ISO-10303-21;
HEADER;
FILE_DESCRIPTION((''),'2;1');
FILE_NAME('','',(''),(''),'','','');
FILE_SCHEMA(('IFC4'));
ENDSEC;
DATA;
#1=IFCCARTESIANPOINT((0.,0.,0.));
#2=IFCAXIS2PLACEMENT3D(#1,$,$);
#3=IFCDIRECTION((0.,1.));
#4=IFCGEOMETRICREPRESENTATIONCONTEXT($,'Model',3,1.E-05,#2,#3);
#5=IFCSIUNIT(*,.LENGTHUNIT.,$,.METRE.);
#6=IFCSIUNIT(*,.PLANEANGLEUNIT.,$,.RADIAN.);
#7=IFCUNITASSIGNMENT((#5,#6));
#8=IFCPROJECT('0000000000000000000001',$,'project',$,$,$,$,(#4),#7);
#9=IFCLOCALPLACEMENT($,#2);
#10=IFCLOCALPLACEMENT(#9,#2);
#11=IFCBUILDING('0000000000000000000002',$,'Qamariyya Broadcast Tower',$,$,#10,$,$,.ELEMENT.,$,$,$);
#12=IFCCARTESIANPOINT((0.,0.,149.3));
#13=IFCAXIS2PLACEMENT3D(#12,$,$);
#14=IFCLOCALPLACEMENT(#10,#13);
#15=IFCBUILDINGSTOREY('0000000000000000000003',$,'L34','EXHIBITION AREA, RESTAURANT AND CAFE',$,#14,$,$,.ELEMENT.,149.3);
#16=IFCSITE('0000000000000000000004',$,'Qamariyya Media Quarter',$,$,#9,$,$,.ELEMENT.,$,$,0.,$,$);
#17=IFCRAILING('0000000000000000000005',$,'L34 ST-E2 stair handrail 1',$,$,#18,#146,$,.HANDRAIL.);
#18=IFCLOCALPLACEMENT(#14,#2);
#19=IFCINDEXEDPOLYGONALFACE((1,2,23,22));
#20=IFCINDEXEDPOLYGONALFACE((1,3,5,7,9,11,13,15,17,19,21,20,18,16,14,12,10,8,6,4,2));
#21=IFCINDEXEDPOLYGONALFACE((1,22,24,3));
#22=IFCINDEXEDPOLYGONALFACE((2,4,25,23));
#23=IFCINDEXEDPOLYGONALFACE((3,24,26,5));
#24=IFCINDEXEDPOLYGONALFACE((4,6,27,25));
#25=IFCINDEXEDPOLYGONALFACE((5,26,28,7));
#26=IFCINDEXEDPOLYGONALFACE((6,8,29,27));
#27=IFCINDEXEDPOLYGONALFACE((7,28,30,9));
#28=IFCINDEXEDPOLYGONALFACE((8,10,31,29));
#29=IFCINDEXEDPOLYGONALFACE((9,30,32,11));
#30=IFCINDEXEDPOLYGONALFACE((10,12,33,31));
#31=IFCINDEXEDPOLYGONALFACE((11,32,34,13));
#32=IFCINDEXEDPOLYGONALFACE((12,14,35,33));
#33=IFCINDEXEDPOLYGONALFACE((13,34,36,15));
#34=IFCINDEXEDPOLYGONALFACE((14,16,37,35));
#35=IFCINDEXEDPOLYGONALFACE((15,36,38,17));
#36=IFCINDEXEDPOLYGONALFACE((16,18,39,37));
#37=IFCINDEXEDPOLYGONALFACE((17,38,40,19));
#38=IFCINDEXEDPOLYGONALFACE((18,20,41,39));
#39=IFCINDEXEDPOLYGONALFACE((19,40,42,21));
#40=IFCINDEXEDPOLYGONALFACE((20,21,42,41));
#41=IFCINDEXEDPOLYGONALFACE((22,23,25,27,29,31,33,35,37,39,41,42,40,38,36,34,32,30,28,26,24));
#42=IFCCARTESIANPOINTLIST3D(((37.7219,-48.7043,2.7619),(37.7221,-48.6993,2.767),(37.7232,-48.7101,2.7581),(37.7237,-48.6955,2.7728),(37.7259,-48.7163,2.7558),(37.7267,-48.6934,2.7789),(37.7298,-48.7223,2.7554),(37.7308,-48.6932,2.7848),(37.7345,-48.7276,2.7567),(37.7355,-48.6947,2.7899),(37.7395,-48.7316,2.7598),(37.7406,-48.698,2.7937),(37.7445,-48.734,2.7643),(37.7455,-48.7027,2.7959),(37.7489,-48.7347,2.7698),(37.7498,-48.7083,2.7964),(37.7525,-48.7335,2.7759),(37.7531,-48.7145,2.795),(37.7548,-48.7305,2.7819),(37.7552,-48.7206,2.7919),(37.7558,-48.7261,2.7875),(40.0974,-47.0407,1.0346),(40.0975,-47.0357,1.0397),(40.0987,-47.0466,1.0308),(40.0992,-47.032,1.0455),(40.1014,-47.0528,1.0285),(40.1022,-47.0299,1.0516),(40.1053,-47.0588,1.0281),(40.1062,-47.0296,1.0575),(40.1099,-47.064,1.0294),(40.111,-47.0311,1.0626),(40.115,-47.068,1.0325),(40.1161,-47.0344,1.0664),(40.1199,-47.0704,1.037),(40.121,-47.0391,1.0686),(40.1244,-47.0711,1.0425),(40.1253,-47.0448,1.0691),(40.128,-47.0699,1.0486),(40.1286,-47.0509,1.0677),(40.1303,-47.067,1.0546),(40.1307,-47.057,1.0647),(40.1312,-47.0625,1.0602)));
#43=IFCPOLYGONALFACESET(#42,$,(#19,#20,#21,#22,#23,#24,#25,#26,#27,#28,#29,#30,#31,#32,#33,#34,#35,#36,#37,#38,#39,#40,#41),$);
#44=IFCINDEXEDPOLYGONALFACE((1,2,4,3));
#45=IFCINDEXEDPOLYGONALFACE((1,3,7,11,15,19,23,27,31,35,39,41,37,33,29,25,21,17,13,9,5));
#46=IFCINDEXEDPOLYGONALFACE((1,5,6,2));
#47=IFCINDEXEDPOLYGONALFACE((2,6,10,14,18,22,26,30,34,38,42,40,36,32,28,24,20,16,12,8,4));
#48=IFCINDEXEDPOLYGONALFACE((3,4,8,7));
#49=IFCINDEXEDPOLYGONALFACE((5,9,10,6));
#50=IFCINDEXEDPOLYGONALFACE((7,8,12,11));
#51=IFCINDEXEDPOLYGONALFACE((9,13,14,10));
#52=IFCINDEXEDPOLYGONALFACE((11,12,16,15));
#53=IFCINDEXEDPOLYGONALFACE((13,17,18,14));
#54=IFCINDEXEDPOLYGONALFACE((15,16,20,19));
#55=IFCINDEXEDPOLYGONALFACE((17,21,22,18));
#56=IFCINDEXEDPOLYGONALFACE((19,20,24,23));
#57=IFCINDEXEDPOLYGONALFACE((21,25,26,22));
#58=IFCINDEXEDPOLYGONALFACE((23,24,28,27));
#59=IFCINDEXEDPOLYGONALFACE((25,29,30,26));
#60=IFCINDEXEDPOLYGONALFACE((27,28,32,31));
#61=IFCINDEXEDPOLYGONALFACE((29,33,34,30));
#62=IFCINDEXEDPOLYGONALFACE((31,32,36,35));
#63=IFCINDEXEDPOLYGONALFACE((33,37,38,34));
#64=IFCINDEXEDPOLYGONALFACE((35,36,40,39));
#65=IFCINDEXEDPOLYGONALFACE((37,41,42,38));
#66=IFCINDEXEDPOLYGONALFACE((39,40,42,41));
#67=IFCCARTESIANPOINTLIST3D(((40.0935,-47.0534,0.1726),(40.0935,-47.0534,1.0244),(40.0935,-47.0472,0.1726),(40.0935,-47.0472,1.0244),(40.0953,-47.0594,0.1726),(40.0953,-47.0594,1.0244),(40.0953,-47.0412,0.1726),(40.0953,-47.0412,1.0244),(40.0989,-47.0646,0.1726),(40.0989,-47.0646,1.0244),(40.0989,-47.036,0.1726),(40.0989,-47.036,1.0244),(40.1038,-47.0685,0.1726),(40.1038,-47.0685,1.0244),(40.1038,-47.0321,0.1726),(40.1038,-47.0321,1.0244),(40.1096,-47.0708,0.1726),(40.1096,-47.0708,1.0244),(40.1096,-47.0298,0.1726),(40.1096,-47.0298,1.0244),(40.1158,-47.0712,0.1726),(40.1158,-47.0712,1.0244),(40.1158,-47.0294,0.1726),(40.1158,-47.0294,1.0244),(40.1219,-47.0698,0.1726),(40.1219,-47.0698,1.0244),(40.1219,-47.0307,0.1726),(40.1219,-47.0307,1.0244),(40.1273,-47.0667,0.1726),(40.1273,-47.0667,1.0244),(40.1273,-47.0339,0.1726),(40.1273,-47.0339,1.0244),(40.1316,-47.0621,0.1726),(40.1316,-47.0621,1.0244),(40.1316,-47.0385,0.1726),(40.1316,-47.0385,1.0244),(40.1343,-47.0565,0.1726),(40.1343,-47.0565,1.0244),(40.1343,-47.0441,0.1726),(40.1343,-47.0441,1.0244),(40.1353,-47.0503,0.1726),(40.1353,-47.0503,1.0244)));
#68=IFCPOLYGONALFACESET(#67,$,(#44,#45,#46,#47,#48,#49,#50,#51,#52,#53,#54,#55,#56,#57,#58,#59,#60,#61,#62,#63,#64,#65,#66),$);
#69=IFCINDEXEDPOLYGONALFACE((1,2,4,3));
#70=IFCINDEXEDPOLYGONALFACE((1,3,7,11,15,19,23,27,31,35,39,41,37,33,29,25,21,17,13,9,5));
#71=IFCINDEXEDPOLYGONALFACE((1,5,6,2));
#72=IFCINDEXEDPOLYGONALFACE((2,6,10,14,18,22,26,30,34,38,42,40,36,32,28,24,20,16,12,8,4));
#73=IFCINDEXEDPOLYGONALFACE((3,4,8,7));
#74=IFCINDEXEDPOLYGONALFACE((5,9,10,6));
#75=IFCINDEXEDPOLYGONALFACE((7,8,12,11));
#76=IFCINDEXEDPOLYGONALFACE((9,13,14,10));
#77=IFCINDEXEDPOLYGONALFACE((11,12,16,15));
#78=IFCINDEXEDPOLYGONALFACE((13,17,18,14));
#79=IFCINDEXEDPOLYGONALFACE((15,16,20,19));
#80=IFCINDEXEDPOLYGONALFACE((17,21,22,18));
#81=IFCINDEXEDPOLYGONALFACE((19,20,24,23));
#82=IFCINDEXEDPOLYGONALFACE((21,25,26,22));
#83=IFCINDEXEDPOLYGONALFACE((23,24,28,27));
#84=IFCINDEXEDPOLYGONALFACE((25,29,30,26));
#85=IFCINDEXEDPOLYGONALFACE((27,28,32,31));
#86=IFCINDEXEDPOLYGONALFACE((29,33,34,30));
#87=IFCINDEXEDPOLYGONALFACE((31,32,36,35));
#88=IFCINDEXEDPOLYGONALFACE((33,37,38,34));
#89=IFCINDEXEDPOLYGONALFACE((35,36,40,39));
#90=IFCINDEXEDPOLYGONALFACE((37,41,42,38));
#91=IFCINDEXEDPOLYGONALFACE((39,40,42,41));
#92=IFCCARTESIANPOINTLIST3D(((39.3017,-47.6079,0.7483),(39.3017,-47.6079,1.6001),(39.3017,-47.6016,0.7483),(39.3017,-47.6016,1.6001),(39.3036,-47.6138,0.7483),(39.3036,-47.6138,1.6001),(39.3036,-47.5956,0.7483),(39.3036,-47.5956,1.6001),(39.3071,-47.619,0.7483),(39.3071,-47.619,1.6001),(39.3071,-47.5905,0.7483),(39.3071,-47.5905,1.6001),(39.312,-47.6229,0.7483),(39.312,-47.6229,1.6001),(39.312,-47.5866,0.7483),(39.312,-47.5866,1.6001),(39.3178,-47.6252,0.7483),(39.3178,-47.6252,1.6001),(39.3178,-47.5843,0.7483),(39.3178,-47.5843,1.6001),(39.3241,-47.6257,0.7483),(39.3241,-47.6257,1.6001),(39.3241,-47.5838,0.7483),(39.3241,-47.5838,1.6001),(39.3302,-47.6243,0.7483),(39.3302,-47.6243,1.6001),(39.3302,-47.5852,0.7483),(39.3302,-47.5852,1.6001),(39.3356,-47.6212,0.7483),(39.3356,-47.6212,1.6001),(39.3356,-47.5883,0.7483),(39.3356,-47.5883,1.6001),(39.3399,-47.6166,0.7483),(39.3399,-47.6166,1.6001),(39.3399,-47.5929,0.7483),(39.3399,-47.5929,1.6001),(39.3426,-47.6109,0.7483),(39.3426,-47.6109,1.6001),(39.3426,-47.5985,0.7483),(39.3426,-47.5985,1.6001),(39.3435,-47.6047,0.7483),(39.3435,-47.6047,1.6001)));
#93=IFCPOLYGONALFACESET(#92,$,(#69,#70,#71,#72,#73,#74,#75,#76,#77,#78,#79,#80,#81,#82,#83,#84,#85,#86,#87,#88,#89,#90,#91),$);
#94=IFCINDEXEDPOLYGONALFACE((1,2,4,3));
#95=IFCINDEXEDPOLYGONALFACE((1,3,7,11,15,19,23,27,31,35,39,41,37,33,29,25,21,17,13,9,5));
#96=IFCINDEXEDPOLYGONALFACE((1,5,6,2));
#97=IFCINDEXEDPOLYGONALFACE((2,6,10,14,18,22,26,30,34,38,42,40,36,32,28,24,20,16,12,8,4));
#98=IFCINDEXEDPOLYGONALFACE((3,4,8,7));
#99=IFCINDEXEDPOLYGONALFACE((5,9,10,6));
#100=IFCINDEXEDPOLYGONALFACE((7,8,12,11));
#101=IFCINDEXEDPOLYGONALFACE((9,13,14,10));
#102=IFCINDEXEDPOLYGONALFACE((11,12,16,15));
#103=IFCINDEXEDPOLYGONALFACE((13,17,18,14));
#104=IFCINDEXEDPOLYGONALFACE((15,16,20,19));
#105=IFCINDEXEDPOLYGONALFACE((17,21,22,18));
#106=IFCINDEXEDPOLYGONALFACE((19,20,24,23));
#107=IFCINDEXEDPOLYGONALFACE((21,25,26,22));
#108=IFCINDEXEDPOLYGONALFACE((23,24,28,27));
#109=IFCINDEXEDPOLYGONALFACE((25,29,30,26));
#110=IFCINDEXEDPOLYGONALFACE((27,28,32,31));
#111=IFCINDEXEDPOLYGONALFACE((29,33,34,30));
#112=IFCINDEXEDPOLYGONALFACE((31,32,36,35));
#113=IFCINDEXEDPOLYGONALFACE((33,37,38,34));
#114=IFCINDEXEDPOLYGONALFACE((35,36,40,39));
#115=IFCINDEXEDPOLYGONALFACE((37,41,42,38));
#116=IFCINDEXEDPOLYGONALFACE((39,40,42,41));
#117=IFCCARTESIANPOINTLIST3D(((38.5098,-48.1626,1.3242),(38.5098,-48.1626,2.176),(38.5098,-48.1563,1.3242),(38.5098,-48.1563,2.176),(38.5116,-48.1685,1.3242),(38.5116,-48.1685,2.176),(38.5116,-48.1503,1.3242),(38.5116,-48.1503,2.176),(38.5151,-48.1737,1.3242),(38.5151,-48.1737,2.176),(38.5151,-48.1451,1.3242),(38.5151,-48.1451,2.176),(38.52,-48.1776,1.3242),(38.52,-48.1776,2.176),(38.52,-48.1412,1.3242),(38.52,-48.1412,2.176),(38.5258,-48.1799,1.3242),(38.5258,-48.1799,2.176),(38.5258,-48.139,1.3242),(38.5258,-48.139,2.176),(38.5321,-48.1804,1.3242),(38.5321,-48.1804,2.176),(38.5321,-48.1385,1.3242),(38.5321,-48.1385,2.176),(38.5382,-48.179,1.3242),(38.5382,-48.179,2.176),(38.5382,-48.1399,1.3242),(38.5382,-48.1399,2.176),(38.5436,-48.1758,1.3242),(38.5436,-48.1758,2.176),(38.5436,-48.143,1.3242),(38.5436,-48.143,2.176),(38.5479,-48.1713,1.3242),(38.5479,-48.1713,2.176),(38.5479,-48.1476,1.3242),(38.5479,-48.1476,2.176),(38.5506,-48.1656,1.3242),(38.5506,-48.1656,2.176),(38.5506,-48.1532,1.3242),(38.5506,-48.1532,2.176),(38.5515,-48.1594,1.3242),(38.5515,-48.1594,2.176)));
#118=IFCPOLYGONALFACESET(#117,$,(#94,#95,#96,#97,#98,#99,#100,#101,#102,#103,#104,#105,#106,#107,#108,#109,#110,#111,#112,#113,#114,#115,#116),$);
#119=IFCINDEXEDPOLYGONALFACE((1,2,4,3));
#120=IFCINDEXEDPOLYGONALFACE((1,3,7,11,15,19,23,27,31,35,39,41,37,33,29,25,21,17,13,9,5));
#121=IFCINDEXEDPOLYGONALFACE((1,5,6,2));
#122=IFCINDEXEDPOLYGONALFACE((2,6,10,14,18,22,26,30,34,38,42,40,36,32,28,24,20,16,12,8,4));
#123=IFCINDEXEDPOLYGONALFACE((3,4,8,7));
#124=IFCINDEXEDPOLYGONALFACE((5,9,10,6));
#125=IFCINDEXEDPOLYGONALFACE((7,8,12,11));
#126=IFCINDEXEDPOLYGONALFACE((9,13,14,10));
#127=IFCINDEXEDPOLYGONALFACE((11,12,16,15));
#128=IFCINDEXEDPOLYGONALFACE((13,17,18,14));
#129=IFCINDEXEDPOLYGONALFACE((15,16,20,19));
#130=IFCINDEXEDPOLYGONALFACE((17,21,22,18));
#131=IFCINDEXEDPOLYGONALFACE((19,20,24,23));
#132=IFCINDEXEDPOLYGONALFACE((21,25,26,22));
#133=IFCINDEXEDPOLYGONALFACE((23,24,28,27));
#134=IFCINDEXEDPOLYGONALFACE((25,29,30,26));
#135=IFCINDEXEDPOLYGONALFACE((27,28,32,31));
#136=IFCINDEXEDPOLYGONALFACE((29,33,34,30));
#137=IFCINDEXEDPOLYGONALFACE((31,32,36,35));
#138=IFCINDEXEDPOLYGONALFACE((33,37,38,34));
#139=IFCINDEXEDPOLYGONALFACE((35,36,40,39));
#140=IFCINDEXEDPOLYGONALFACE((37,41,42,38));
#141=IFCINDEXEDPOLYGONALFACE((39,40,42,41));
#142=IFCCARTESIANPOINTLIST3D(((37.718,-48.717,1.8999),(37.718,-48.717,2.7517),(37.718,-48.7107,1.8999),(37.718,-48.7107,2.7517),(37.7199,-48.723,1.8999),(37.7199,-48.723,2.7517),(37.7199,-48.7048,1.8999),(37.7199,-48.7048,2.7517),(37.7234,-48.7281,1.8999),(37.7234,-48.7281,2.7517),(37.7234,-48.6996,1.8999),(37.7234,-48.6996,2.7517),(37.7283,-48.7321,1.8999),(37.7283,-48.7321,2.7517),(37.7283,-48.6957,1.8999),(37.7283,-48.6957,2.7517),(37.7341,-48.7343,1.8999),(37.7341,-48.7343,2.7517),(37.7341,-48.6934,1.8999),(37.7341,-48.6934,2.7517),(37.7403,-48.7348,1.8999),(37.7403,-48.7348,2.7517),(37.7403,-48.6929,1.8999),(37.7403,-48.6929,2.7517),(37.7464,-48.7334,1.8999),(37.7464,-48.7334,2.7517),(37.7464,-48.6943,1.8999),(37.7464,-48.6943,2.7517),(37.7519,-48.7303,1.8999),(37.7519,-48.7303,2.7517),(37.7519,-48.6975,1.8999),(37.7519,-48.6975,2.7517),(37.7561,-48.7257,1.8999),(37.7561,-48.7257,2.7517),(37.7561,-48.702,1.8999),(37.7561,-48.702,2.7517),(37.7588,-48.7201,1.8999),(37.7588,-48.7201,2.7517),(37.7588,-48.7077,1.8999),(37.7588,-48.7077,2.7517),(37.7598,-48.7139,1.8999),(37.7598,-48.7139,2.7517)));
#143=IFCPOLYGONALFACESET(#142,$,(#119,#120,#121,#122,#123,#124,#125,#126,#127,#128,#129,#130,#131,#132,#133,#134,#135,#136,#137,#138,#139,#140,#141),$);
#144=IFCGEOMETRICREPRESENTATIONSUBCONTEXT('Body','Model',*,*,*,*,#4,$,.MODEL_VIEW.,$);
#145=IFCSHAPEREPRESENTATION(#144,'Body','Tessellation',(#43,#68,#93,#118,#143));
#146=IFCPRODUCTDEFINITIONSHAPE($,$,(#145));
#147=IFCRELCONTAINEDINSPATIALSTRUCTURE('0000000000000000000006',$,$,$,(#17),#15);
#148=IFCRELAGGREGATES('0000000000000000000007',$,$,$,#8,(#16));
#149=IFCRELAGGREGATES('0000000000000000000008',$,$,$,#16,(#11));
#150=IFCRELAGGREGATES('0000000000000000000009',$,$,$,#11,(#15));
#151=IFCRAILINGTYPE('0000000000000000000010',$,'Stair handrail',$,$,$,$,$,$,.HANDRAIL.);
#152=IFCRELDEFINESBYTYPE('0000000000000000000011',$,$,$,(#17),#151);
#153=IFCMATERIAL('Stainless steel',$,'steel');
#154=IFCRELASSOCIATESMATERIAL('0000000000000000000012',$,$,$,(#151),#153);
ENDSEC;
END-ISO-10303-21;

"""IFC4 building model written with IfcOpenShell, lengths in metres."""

from ifc_helpers import new_model, si_unit, direction, frame, origin, origin_2d, place, context, subcontext, project, spatial, circle, extrude, material, type_object, element, save


model = new_model("IFC4")

# Units and contexts
model_context = context("Model", 3, precision=1e-05, world=origin(), true_north=direction((0.0, 1.0)))
body_context = subcontext(model_context, "Body", "Model", "MODEL_VIEW")
ifc_project = project(units=[si_unit("LENGTHUNIT", "METRE"), si_unit("PLANEANGLEUNIT", "RADIAN")], contexts=[model_context])

# Site, building, storey
site_placement = place(None, origin())
site = spatial("IfcSite", under=ifc_project, at=site_placement, Name="Qamariyya Media Quarter", CompositionType="ELEMENT", RefElevation=0.0)
building_placement = place(site_placement, origin())
building = spatial("IfcBuilding", under=site, at=building_placement, Name="Qamariyya Broadcast Tower", CompositionType="ELEMENT")
storey_placement = place(building_placement, frame((0.0, 0.0, 149.3)))
storey = spatial("IfcBuildingStorey", under=building, at=storey_placement, Name="L34", Description="EXHIBITION AREA, RESTAURANT AND CAFE", CompositionType="ELEMENT", Elevation=149.3)

# Railing
ifc_material_1 = material(Name="Stainless steel", Category="steel")
railing_type_1 = type_object("IfcRailingType", Name="Stair handrail", PredefinedType="HANDRAIL", material=ifc_material_1)
railing_1_placement = place(storey_placement, frame((40.1143, -47.0503, 0.1726)))
element("IfcRailing", 1, at=railing_1_placement, inside=storey, type_object=railing_type_1, Name="L34 ST-E2 stair handrail 1", PredefinedType="HANDRAIL", context=body_context, shape_type="SweptSolid", body=[
    extrude(circle(Radius=0.0239, at=origin_2d()), frame((0.0, 0.0, 0.876), z_axis=(-0.703745, -0.492838, 0.511716), x_axis=(0.573632, -0.819113, 0.0)), (0.0, 0.0, 1.0), 3.3755),
    extrude(circle(Radius=0.021, at=origin_2d()), origin(), (0.0, 0.0, 1.0), 0.8518),
    extrude(circle(Radius=0.021, at=origin_2d()), frame((-0.7917, -0.5544, 0.5757)), (0.0, 0.0, 1.0), 0.8518),
    extrude(circle(Radius=0.021, at=origin_2d()), frame((-1.5837, -1.1091, 1.1516)), (0.0, 0.0, 1.0), 0.8518),
    extrude(circle(Radius=0.021, at=origin_2d()), frame((-2.3755, -1.6636, 1.7273)), (0.0, 0.0, 1.0), 0.8518),
])

save(model, "model.ifc")
